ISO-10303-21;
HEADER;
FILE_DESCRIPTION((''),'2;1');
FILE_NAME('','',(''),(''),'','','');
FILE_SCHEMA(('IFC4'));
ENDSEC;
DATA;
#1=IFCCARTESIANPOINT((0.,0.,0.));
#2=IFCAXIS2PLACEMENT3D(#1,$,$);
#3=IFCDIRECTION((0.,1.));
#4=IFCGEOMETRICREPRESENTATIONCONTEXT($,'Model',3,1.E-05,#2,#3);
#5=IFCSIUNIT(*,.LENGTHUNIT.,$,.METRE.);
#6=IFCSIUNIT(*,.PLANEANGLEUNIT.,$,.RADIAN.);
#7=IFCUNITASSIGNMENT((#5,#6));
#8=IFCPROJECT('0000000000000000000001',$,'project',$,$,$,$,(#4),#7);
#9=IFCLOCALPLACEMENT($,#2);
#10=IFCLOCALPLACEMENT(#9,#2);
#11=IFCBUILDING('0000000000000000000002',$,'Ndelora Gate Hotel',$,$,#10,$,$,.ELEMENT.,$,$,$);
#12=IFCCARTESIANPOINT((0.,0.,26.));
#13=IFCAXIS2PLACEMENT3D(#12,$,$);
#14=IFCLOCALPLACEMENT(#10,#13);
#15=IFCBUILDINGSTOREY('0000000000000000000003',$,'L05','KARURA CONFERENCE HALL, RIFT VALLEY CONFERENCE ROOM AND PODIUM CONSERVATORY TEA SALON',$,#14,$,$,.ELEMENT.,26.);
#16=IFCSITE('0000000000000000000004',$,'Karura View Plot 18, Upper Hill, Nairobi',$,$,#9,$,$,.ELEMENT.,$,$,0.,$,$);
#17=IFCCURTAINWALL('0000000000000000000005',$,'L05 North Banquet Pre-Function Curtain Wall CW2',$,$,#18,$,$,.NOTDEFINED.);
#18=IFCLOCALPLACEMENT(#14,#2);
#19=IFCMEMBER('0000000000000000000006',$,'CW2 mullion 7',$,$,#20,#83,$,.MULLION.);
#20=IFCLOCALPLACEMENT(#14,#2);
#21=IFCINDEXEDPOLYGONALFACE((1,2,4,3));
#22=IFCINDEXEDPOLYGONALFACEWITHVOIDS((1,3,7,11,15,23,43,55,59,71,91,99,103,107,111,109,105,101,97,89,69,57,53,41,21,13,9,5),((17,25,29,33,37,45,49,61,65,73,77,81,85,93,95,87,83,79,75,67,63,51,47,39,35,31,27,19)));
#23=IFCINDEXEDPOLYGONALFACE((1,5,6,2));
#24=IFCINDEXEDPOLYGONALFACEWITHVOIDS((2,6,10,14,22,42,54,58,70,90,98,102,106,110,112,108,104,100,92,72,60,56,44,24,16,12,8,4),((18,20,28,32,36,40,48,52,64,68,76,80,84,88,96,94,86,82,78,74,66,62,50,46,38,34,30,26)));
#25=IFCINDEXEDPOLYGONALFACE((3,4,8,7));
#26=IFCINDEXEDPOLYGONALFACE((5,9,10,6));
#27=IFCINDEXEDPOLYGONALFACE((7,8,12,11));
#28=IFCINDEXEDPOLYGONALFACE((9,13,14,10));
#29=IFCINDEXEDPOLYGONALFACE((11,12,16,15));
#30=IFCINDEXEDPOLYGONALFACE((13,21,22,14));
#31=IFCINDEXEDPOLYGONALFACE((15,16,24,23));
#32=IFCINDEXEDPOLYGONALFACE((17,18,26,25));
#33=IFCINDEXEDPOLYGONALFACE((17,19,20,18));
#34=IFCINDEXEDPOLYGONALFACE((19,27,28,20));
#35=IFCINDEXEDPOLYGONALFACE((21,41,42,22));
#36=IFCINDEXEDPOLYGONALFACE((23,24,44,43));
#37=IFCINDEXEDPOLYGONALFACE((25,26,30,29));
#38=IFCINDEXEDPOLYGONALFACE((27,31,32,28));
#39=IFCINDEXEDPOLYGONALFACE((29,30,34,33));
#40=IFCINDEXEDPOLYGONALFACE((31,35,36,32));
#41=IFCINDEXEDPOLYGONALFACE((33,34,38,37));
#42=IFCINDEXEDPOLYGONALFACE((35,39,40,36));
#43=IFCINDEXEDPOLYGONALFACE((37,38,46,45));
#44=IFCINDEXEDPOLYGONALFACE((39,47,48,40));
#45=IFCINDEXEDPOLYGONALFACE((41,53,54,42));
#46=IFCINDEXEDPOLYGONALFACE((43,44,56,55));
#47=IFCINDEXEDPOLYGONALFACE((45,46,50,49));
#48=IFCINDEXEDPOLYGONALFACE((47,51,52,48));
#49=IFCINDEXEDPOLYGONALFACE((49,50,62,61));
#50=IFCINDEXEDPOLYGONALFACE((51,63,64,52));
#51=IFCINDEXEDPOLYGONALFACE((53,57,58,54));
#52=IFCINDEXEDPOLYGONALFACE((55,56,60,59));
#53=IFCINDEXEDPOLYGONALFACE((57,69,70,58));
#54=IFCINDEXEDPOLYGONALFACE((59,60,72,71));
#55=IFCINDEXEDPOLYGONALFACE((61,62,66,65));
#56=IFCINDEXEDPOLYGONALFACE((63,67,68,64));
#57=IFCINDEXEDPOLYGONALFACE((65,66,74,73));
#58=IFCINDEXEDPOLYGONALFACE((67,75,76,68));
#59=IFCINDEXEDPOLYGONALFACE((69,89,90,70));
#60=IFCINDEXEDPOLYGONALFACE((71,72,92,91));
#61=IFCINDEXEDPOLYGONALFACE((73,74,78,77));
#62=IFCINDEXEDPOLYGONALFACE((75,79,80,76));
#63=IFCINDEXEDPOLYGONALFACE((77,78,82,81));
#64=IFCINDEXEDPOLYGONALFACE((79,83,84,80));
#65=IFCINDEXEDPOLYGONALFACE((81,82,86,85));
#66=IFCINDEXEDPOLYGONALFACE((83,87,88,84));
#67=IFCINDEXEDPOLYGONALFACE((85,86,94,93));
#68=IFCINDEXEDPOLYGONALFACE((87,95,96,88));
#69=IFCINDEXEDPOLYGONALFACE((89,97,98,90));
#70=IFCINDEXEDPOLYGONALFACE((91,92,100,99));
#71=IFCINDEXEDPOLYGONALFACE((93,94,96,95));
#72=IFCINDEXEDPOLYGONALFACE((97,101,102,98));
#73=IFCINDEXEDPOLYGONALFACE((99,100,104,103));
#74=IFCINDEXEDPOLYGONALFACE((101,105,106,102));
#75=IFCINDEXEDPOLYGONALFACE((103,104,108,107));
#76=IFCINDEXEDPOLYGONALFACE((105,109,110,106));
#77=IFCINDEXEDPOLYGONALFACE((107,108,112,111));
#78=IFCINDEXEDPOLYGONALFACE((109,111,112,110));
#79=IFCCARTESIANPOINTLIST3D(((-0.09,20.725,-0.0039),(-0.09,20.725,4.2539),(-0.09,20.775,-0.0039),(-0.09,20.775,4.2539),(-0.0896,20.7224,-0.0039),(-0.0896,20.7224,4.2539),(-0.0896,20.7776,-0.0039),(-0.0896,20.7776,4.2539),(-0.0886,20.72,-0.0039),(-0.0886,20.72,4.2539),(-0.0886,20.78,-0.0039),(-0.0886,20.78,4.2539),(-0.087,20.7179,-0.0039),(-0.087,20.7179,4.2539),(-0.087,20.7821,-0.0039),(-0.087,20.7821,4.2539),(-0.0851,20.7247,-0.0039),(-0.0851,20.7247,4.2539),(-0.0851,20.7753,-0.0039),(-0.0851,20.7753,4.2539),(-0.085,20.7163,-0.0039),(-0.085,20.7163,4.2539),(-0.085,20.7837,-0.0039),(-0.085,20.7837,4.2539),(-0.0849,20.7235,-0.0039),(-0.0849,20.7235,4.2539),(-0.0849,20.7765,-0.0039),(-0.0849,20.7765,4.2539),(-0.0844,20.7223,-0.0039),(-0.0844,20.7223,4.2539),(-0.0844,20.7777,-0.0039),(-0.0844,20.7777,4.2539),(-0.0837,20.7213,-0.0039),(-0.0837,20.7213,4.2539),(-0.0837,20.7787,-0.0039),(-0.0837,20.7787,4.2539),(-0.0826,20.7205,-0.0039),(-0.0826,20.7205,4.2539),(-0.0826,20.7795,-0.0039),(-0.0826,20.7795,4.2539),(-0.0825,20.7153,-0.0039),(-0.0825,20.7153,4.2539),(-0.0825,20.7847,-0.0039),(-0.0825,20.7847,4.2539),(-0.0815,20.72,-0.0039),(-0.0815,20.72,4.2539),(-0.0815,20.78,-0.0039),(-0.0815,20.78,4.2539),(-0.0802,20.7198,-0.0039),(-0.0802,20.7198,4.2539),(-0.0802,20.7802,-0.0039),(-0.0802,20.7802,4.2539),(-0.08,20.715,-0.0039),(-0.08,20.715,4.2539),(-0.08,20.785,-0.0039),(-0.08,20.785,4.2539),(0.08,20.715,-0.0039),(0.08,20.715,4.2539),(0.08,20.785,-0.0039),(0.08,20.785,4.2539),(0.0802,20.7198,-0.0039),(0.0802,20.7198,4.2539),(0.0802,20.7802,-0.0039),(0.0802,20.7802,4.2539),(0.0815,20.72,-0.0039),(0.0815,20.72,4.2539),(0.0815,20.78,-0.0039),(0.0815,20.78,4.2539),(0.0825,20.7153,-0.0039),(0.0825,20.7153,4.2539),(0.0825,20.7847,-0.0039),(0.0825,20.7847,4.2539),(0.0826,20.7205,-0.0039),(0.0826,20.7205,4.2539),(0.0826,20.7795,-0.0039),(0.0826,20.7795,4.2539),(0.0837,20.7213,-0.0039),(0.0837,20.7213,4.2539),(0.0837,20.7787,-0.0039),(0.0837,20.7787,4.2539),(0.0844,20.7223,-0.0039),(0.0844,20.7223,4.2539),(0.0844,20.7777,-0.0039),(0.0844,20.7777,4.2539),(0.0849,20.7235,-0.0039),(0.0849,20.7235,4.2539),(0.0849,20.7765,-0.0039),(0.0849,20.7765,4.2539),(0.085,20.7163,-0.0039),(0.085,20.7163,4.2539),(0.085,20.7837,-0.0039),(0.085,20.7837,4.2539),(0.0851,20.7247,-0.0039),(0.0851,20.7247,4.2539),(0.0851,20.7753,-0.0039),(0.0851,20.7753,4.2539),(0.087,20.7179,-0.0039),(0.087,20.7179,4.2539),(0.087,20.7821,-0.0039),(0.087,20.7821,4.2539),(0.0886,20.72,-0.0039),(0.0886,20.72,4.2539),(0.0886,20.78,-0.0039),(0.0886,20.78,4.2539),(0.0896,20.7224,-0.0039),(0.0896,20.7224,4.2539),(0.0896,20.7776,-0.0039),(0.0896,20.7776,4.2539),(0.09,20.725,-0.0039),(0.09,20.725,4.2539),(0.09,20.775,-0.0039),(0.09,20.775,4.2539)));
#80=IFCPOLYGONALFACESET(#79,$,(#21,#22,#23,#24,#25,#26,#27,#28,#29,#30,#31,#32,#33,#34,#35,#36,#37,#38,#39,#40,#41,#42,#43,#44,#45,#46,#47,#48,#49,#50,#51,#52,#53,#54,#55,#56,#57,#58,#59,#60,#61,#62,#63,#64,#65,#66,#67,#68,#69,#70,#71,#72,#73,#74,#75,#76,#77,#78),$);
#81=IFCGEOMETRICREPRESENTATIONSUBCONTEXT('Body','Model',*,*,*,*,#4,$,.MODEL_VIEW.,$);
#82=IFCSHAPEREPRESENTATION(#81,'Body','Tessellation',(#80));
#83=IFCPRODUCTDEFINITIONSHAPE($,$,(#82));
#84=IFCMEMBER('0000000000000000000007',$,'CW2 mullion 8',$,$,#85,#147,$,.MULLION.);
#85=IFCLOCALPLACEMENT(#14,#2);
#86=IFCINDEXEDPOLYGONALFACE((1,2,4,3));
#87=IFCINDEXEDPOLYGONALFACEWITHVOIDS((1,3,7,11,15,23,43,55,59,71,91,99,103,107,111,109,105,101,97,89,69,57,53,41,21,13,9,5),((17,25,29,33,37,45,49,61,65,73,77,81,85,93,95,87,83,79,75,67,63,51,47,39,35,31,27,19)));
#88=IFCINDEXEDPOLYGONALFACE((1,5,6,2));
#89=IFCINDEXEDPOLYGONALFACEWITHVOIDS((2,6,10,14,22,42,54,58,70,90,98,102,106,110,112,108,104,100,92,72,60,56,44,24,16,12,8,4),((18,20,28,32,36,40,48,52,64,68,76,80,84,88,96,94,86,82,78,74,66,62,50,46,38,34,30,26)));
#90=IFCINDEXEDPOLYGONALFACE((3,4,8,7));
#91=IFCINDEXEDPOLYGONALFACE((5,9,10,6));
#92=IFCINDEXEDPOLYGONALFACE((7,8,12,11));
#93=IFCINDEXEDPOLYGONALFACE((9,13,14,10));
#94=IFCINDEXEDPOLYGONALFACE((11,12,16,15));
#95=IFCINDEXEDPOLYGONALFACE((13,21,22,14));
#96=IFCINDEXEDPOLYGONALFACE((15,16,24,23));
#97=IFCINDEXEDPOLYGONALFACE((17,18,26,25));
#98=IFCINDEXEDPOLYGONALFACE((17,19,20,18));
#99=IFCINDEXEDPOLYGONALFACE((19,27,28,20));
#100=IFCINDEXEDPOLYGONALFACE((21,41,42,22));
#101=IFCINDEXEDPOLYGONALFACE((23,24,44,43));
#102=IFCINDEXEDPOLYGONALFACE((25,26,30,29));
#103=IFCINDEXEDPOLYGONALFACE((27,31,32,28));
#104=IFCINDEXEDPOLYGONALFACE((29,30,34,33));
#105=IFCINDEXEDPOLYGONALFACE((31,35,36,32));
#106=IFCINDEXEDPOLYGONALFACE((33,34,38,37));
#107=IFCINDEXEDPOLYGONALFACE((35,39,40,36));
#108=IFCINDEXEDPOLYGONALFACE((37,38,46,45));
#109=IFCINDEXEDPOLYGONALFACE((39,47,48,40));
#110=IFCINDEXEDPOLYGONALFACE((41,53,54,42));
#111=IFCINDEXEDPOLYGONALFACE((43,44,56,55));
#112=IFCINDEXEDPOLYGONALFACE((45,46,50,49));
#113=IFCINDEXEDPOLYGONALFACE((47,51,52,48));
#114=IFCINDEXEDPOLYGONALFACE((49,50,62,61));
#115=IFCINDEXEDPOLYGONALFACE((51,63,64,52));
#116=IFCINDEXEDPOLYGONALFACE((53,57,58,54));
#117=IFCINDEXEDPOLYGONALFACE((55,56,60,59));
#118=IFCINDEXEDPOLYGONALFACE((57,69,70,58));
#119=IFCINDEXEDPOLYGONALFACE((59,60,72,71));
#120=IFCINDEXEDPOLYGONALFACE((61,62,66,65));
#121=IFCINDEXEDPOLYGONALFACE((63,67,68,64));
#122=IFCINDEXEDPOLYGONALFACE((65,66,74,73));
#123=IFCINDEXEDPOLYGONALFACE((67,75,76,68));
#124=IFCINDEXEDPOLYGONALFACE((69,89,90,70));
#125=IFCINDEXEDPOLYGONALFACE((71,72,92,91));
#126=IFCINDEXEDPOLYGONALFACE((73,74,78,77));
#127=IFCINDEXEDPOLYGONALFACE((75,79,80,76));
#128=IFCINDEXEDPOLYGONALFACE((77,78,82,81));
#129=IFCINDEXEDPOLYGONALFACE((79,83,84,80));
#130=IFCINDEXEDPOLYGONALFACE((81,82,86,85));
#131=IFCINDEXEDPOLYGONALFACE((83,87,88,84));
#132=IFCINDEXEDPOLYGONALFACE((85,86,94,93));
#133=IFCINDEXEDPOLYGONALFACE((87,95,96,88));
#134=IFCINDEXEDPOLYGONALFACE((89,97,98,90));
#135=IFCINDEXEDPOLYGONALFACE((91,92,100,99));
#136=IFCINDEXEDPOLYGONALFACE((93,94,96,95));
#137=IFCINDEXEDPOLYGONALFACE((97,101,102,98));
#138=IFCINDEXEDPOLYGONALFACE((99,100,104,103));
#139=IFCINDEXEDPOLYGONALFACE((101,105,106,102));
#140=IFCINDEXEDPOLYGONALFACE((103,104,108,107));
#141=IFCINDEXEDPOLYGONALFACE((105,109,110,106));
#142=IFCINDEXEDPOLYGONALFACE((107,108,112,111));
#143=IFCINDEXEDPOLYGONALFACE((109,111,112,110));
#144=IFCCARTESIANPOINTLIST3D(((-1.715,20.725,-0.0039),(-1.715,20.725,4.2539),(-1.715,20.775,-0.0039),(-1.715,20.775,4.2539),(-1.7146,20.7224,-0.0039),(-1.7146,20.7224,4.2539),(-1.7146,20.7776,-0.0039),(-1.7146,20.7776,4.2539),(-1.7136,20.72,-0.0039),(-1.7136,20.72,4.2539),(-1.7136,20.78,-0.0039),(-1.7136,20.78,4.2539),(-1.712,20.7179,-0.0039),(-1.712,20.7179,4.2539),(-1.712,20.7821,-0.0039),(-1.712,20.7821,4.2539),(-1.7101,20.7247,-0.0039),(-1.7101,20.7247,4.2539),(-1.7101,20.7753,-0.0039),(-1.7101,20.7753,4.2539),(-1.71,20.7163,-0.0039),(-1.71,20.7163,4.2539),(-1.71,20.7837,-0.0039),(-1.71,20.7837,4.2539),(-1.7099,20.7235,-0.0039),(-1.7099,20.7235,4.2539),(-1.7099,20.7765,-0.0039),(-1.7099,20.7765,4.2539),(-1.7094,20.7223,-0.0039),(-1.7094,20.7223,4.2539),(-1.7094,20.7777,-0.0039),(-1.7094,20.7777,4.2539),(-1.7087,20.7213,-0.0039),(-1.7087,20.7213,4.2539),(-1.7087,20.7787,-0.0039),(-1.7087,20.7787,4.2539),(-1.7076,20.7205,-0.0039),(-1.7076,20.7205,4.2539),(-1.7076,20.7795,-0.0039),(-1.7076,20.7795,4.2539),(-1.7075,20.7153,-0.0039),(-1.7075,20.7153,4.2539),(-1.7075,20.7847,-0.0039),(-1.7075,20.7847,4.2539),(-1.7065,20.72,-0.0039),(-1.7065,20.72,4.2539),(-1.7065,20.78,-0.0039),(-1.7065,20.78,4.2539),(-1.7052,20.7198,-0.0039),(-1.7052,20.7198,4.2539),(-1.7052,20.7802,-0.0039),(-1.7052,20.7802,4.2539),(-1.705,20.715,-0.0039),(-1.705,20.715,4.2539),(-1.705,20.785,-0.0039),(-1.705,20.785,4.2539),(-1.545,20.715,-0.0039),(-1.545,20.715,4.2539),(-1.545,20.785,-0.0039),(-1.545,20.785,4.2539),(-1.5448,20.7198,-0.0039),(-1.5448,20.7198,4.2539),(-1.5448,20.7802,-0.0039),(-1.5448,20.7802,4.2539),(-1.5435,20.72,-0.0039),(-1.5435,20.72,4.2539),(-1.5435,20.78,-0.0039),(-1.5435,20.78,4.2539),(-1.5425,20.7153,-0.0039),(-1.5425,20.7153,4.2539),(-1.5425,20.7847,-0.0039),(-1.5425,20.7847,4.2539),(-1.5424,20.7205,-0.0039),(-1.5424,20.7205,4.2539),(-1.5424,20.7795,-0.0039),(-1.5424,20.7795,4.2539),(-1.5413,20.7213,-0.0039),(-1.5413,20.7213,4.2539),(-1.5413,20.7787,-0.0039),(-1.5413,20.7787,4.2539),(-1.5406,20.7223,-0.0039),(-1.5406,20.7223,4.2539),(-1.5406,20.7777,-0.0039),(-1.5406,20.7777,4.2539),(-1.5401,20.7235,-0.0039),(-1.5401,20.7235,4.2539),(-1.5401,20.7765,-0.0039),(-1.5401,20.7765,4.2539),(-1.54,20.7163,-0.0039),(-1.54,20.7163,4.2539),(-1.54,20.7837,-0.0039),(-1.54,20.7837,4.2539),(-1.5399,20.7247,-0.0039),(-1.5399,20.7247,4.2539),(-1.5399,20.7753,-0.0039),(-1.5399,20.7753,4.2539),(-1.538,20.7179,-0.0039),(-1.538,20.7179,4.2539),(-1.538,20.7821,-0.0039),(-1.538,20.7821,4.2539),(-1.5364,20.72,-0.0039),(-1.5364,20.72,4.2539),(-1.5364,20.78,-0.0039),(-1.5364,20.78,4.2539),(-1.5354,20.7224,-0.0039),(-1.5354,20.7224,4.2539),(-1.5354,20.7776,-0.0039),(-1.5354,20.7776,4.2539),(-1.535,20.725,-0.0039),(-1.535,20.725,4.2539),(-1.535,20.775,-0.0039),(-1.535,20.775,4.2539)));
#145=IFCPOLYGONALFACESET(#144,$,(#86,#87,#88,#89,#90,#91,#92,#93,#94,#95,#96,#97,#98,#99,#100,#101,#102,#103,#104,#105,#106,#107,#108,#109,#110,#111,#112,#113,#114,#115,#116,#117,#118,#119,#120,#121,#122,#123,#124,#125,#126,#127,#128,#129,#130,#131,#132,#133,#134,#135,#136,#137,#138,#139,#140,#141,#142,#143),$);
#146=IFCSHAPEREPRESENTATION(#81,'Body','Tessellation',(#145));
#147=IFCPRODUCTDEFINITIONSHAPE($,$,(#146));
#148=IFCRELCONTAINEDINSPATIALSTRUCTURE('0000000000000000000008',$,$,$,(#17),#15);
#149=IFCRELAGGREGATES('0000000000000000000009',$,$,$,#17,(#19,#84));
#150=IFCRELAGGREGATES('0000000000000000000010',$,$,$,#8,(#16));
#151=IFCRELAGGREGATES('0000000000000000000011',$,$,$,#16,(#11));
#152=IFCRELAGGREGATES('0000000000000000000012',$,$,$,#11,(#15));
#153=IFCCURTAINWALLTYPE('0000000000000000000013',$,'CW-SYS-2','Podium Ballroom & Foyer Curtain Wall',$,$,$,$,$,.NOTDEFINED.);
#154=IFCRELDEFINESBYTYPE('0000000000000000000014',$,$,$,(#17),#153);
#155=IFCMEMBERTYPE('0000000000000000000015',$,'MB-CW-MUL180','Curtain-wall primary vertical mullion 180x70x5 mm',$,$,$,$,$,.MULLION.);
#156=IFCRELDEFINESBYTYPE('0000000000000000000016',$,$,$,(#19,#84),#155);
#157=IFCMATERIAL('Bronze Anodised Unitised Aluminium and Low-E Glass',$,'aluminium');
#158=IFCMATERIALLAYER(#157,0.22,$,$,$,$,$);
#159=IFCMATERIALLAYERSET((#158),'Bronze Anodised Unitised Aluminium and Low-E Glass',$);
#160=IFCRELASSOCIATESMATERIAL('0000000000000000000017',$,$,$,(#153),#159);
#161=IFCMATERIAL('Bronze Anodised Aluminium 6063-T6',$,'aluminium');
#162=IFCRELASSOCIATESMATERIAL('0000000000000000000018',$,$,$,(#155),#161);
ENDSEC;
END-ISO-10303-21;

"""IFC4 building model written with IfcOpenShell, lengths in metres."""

from ifc_helpers import new_model, si_unit, direction, frame, origin, origin_2d, place, context, subcontext, project, spatial, hollow_rectangle, extrude, material, layer, layer_set, material_profile, profile_set, type_object, element, aggregate, save


model = new_model("IFC4")

# Units and contexts
model_context = context("Model", 3, precision=1e-05, world=origin(), true_north=direction((0.0, 1.0)))
body_context = subcontext(model_context, "Body", "Model", "MODEL_VIEW")
ifc_project = project(units=[si_unit("LENGTHUNIT", "METRE"), si_unit("PLANEANGLEUNIT", "RADIAN")], contexts=[model_context])

# Site, building, storey
site_placement = place(None, origin())
site = spatial("IfcSite", under=ifc_project, at=site_placement, Name="Karura View Plot 18, Upper Hill, Nairobi", CompositionType="ELEMENT", RefElevation=0.0)
building_placement = place(site_placement, origin())
building = spatial("IfcBuilding", under=site, at=building_placement, Name="Ndelora Gate Hotel", CompositionType="ELEMENT")
storey_placement = place(building_placement, frame((0.0, 0.0, 26.0)))
storey = spatial("IfcBuildingStorey", under=building, at=storey_placement, Name="L05", Description="KARURA CONFERENCE HALL, RIFT VALLEY CONFERENCE ROOM AND PODIUM CONSERVATORY TEA SALON", CompositionType="ELEMENT", Elevation=26.0)

# Curtain wall, members
ifc_material_1 = material(Name="Bronze Anodised Unitised Aluminium and Low-E Glass", Category="aluminium")
ifc_layer_1 = layer(ifc_material_1, 0.22)
ifc_layer_set_1 = layer_set([ifc_layer_1], Name="Bronze Anodised Unitised Aluminium and Low-E Glass")
curtain_wall_type = type_object("IfcCurtainWallType", Name="CW-SYS-2", Description="Podium Ballroom & Foyer Curtain Wall", PredefinedType="NOTDEFINED", material=ifc_layer_set_1)
curtain_wall_placement = place(storey_placement, origin())
curtain_wall = element("IfcCurtainWall", 1, at=curtain_wall_placement, inside=storey, type_object=curtain_wall_type, Name="L05 North Banquet Pre-Function Curtain Wall CW2", PredefinedType="NOTDEFINED")
ifc_material_2 = material(Name="Bronze Anodised Aluminium 6063-T6", Category="aluminium")
ifc_material_profile_1 = material_profile(ifc_material_2, hollow_rectangle(XDim=0.0701, YDim=0.1799, WallThickness=0.0049, InnerFilletRadius=0.0049, OuterFilletRadius=0.01, at=origin_2d()), Name="ALU 180x70x5")
ifc_profile_set_1 = profile_set([ifc_material_profile_1], Name="Bronze Anodised Aluminium 6063-T6")
member_type_1 = type_object("IfcMemberType", Name="MB-CW-MUL180", Description="Curtain-wall primary vertical mullion 180x70x5 mm", PredefinedType="MULLION", material=ifc_profile_set_1)
member_1_placement = place(storey_placement, frame((0.0, 20.75, -0.0039), z_axis=(0.0, 0.0, 1.0), x_axis=(0.0, -1.0, 0.0)))
member_1 = element("IfcMember", 2, at=member_1_placement, type_object=member_type_1, Name="CW2 mullion 7", PredefinedType="MULLION", context=body_context, shape_type="SweptSolid", body=[
    extrude(hollow_rectangle(XDim=0.0701, YDim=0.1799, WallThickness=0.0049, InnerFilletRadius=0.0049, OuterFilletRadius=0.01, at=origin_2d()), origin(), (0.0, 0.0, 1.0), 4.2578),
])
member_2_placement = place(storey_placement, frame((-1.625, 20.75, -0.0039), z_axis=(0.0, 0.0, 1.0), x_axis=(0.0, -1.0, 0.0)))
member_2 = element("IfcMember", 3, at=member_2_placement, type_object=member_type_1, Name="CW2 mullion 8", PredefinedType="MULLION", context=body_context, shape_type="SweptSolid", body=[
    extrude(hollow_rectangle(XDim=0.0701, YDim=0.1799, WallThickness=0.0049, InnerFilletRadius=0.0049, OuterFilletRadius=0.01, at=origin_2d()), origin(), (0.0, 0.0, 1.0), 4.2578),
])
aggregate(curtain_wall, [member_1, member_2])

save(model, "model.ifc")
